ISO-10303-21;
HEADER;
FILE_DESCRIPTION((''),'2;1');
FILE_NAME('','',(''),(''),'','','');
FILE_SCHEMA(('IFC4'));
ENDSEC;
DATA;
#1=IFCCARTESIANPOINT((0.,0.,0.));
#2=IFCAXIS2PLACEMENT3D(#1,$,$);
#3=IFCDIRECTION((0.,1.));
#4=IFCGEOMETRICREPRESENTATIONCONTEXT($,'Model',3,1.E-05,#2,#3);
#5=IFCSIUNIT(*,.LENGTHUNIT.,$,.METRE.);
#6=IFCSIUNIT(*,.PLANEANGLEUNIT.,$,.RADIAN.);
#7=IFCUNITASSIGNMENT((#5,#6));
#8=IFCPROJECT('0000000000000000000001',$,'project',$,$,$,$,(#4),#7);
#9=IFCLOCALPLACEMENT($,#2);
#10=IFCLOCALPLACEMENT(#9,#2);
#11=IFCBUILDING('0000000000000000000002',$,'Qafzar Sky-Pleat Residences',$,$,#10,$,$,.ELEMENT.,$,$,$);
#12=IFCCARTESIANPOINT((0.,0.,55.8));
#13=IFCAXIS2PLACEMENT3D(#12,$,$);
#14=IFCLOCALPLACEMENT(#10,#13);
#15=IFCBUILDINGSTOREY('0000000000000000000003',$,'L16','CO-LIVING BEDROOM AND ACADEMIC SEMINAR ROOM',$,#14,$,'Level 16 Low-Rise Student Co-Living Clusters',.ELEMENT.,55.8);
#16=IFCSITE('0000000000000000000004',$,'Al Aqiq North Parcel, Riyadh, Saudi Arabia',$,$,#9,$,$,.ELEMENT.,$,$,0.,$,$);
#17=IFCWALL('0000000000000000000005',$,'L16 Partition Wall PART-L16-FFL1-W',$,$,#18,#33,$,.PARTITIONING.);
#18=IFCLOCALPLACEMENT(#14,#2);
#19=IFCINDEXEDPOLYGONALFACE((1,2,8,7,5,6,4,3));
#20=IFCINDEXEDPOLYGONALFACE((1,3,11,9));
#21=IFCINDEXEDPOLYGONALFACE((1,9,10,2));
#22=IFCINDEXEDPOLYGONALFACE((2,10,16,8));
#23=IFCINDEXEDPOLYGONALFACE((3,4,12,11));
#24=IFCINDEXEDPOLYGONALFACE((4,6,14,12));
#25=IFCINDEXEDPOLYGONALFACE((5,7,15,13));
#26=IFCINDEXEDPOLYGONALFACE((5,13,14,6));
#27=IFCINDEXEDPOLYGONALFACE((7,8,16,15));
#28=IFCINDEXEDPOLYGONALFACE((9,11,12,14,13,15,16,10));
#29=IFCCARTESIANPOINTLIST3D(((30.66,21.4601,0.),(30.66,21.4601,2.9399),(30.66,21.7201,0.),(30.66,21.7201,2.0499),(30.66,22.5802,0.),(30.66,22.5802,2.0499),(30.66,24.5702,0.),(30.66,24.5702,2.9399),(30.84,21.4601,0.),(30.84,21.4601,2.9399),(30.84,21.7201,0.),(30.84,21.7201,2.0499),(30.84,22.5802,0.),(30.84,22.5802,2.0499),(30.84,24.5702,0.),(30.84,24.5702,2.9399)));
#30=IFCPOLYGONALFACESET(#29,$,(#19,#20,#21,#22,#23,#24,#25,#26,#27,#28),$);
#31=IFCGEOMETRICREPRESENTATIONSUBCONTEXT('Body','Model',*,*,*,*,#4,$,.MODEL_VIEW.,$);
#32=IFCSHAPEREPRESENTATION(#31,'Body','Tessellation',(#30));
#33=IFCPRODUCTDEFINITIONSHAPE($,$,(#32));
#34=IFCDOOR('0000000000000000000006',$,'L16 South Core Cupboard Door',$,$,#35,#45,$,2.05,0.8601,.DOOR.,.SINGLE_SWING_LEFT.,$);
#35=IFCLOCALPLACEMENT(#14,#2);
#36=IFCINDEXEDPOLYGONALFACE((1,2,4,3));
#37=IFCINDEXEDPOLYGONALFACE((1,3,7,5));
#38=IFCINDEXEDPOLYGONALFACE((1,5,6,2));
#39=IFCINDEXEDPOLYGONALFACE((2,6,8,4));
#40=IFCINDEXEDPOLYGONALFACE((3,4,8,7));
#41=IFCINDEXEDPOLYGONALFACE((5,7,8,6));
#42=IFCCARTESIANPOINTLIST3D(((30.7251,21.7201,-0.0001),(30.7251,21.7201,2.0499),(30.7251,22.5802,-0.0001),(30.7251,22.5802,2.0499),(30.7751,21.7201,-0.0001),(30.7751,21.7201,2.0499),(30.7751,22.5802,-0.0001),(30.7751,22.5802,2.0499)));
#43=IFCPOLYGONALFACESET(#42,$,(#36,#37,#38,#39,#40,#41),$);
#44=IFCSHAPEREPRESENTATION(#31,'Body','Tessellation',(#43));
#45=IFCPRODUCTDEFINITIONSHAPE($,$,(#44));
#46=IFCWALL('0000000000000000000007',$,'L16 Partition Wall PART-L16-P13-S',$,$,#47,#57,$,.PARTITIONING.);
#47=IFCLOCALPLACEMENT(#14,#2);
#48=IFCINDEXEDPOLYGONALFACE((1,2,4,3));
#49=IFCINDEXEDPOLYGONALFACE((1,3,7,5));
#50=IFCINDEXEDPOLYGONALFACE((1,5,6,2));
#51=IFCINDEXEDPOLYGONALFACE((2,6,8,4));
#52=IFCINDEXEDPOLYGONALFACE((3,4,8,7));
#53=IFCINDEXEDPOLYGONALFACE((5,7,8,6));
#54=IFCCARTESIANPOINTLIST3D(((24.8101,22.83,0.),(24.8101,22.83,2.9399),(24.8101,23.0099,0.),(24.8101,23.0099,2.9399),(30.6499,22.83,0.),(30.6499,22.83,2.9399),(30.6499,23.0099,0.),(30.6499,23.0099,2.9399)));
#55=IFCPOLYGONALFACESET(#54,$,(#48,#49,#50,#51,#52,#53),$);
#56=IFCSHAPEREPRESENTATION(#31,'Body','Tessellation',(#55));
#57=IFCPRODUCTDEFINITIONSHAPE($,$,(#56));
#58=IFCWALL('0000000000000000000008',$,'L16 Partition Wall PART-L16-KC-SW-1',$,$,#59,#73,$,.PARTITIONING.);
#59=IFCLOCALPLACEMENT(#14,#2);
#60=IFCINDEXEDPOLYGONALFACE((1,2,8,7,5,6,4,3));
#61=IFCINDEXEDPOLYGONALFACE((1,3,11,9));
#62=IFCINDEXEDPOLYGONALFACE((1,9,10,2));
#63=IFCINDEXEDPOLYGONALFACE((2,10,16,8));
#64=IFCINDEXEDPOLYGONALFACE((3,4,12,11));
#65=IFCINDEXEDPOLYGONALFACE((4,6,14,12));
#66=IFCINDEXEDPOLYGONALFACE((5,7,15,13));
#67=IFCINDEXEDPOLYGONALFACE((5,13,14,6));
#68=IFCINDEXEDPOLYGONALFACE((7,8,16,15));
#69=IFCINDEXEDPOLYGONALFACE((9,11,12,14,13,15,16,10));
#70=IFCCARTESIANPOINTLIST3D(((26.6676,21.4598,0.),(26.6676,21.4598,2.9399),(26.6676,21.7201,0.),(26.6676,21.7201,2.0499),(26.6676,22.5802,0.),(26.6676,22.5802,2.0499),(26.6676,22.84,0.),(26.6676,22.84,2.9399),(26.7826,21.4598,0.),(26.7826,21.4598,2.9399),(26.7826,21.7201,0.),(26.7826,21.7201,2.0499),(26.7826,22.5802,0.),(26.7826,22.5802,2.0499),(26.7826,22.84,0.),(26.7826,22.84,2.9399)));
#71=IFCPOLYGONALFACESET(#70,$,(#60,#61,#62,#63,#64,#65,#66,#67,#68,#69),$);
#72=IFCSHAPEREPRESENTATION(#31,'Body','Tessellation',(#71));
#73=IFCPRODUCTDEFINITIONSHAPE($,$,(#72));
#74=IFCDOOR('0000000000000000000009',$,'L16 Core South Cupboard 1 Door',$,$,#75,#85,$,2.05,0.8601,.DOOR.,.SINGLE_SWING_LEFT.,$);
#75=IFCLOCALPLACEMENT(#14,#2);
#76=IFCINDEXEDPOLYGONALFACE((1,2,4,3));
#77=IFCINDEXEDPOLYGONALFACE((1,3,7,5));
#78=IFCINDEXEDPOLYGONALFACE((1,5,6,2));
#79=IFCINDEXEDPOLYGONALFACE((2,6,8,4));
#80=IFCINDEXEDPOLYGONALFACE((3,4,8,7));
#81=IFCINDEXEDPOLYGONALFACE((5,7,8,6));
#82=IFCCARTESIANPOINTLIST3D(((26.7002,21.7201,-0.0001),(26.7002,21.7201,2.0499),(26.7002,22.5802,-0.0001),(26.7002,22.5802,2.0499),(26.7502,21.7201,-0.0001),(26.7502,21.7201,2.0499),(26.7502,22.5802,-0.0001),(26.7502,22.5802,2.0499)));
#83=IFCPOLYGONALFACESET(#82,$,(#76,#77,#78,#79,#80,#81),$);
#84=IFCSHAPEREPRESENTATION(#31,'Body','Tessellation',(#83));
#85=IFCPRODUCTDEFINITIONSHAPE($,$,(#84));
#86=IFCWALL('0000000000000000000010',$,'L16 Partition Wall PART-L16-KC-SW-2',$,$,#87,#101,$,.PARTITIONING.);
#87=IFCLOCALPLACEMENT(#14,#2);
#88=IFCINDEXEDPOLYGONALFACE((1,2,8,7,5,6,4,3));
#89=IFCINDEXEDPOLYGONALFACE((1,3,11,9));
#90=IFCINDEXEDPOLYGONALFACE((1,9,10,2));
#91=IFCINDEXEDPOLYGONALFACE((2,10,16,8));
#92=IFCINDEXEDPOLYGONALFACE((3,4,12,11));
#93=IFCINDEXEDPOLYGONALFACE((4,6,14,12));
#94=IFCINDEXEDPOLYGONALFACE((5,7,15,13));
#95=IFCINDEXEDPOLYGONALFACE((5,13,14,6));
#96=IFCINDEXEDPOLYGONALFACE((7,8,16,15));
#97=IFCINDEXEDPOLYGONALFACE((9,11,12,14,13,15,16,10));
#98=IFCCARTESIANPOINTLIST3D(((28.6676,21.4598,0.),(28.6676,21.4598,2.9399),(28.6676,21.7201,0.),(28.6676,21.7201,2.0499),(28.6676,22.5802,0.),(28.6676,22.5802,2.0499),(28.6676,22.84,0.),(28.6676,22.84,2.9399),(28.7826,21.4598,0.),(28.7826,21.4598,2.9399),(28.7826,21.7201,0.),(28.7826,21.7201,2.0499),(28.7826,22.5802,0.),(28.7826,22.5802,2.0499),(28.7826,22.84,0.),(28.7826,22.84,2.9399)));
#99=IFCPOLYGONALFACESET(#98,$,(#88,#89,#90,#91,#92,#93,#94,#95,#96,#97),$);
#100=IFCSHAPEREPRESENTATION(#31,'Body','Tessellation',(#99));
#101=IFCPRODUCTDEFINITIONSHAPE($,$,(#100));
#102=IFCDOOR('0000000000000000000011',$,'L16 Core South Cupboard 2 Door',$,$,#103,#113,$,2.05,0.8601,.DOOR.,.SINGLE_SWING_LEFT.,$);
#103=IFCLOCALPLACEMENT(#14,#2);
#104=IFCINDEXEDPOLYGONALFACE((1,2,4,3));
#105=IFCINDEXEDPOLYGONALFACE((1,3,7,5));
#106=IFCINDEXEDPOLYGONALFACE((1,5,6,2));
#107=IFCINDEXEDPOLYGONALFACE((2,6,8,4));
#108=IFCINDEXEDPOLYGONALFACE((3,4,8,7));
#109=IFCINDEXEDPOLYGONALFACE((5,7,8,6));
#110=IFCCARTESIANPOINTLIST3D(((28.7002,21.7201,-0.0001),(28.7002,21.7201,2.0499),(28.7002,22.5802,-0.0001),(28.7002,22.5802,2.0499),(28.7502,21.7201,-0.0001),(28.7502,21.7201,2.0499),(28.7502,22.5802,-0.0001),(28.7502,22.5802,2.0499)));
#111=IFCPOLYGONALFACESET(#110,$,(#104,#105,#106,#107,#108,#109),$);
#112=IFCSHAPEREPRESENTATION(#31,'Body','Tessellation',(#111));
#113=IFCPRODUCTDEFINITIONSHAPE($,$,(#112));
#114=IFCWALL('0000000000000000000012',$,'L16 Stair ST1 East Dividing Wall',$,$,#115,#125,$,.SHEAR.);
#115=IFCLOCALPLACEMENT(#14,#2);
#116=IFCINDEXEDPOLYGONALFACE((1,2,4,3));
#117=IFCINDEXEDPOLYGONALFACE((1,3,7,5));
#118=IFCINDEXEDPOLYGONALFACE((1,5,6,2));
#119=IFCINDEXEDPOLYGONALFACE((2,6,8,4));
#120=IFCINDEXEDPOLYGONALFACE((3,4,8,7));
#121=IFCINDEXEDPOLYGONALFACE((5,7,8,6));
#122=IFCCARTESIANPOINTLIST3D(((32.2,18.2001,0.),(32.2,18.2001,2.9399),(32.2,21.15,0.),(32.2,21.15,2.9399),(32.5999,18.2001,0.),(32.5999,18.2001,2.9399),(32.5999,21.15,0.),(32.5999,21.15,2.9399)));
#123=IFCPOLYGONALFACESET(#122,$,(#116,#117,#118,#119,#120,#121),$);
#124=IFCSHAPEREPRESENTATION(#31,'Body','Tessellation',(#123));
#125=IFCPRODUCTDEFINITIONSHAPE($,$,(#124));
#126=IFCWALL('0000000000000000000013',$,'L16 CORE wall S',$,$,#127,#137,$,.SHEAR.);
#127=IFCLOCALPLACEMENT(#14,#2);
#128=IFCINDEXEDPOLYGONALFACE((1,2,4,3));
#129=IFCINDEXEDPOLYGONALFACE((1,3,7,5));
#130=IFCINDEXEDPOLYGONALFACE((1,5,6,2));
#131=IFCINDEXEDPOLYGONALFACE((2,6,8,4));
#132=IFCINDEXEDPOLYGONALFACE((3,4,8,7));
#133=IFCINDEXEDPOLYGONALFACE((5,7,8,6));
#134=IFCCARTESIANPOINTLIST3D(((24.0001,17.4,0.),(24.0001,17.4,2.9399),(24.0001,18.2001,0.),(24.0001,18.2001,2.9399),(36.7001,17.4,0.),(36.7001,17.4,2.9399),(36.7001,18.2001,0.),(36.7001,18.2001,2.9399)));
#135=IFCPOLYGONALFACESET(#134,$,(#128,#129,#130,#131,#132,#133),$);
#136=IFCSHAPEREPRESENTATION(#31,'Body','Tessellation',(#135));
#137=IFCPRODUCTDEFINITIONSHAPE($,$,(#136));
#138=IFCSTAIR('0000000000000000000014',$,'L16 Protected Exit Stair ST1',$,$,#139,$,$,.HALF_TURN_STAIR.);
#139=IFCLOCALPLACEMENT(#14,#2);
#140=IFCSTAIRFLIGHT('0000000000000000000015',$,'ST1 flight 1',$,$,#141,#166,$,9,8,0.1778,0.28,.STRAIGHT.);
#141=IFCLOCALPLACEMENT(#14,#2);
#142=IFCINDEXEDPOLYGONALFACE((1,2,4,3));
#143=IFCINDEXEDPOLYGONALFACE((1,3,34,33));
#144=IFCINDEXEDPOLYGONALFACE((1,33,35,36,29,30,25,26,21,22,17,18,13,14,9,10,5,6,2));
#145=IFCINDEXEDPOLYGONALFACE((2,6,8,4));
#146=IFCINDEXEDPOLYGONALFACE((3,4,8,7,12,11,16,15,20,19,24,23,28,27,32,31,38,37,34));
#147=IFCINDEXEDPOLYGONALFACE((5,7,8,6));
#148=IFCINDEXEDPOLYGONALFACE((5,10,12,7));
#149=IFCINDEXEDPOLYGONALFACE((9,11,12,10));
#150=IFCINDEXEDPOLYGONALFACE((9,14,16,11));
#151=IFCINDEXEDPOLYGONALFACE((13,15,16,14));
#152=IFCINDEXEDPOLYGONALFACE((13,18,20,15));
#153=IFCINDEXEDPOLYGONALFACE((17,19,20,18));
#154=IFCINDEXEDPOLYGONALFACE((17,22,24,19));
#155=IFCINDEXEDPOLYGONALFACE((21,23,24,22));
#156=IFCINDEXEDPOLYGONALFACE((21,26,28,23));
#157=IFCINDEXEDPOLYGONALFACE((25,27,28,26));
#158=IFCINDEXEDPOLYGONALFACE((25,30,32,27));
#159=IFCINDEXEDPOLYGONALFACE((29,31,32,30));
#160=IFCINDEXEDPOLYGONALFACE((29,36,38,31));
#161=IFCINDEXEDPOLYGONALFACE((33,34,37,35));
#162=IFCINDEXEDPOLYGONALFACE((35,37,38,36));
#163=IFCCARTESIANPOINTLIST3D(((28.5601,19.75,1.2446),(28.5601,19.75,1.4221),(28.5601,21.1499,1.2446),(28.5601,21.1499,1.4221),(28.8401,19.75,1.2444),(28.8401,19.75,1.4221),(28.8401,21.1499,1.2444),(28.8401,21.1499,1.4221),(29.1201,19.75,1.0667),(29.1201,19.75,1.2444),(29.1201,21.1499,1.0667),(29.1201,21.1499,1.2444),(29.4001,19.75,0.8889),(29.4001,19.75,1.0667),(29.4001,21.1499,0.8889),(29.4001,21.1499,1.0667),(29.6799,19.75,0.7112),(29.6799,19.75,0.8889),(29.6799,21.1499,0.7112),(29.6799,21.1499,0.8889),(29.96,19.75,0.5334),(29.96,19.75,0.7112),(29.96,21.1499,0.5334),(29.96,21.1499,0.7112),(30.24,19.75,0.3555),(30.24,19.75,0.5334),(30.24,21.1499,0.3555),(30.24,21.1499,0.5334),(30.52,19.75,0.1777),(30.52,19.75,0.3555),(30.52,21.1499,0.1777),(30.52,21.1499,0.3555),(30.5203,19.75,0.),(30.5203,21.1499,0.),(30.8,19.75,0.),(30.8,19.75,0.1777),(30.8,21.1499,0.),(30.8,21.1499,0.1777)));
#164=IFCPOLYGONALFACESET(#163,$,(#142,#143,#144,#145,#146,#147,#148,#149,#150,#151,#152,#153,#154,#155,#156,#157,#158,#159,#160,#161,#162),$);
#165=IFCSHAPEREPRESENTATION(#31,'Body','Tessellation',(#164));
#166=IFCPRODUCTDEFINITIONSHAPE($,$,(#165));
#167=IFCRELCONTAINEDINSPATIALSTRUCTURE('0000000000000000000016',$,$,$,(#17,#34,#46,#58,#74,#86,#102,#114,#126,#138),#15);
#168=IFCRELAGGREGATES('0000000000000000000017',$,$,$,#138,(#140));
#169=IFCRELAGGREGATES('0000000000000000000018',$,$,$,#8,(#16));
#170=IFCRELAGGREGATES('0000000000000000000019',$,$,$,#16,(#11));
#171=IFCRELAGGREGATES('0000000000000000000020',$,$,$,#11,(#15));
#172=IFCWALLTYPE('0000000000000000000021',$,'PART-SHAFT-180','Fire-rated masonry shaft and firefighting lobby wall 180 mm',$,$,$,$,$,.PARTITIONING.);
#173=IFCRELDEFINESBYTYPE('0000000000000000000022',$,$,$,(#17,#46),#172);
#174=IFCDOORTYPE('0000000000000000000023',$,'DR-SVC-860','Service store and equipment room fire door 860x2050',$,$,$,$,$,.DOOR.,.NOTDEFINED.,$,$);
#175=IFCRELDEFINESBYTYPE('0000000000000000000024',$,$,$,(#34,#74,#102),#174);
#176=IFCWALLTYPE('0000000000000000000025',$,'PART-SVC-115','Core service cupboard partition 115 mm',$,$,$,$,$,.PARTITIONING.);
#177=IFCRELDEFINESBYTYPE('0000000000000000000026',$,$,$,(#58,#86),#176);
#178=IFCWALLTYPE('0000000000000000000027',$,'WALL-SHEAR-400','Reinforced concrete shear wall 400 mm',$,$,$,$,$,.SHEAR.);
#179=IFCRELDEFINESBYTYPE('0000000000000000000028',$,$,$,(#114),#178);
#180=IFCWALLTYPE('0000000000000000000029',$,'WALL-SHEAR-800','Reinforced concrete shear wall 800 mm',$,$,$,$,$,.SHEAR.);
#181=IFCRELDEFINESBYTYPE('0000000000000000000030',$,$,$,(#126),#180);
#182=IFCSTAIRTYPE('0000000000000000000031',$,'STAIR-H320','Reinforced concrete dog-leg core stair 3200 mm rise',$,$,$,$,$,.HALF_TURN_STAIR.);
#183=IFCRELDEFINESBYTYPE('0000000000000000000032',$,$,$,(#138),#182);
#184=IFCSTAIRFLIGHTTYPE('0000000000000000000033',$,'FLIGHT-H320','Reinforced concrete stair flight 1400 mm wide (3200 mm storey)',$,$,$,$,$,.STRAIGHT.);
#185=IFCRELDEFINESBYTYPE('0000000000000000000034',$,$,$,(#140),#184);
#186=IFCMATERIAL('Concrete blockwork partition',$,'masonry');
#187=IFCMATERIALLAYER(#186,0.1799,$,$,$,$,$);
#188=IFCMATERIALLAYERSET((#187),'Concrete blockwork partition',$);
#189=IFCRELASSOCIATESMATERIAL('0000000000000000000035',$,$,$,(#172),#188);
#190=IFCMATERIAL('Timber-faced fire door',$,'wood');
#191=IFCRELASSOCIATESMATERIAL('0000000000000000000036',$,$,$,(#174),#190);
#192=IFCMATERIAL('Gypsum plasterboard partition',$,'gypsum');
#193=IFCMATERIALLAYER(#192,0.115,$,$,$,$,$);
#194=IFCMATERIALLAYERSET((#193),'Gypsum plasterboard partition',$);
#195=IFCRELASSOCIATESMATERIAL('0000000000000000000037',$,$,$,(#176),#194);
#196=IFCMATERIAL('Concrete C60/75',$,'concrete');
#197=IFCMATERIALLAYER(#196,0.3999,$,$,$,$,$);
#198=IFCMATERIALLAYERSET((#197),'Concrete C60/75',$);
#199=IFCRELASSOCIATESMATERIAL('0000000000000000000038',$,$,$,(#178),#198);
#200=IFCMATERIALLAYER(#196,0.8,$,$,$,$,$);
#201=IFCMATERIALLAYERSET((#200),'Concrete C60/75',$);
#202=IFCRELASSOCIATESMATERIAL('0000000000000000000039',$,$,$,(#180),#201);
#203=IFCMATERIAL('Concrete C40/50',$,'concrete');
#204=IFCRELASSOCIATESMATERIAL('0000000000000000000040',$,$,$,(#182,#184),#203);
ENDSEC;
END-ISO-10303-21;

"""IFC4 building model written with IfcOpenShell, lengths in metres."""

from ifc_helpers import new_model, si_unit, direction, frame, frame_2d, origin, place, context, subcontext, project, spatial, polyline, rectangle, outline, extrude, source, transform, mapped, material, layer, layer_set, type_object, element, fill, aggregate, save


model = new_model("IFC4")

# Units and contexts
model_context = context("Model", 3, precision=1e-05, world=origin(), true_north=direction((0.0, 1.0)))
body_context = subcontext(model_context, "Body", "Model", "MODEL_VIEW")
ifc_project = project(units=[si_unit("LENGTHUNIT", "METRE"), si_unit("PLANEANGLEUNIT", "RADIAN")], contexts=[model_context])

# Site, building, storey
site_placement = place(None, origin())
site = spatial("IfcSite", under=ifc_project, at=site_placement, Name="Al Aqiq North Parcel, Riyadh, Saudi Arabia", CompositionType="ELEMENT", RefElevation=0.0)
building_placement = place(site_placement, origin())
building = spatial("IfcBuilding", under=site, at=building_placement, Name="Qafzar Sky-Pleat Residences", CompositionType="ELEMENT")
storey_placement = place(building_placement, frame((0.0, 0.0, 55.8)))
storey = spatial("IfcBuildingStorey", under=building, at=storey_placement, Name="L16", Description="CO-LIVING BEDROOM AND ACADEMIC SEMINAR ROOM", LongName="Level 16 Low-Rise Student Co-Living Clusters", CompositionType="ELEMENT", Elevation=55.8)

# Shared definitions
ifc_material_1 = material(Name="Timber-faced fire door", Category="wood")

# Wall, opening, door
ifc_material_2 = material(Name="Concrete blockwork partition", Category="masonry")
ifc_layer_1 = layer(ifc_material_2, 0.1799)
ifc_layer_set_1 = layer_set([ifc_layer_1], Name="Concrete blockwork partition")
wall_type_1 = type_object("IfcWallType", Name="PART-SHAFT-180", Description="Fire-rated masonry shaft and firefighting lobby wall 180 mm", PredefinedType="PARTITIONING", material=ifc_layer_set_1)
wall_1_placement = place(storey_placement, frame((30.75, 21.46, 0.0), z_axis=(0.0, 0.0, 1.0), x_axis=(0.0, 1.0, 0.0)))
wall_1 = element("IfcWall", 1, at=wall_1_placement, inside=storey, type_object=wall_type_1, Name="L16 Partition Wall PART-L16-FFL1-W", PredefinedType="PARTITIONING", context=body_context, shape_type="SweptSolid", body=[
    extrude(rectangle(XDim=3.1101, YDim=0.1799, at=frame_2d((1.5552, 0.0))), origin(), (0.0, 0.0, 1.0), 2.9399),
])
opening_1_placement = place(wall_1_placement, frame((0.26, 0.0, 0.0)))
opening_1 = element("IfcOpeningElement", 2, at=opening_1_placement, cuts=wall_1, PredefinedType="OPENING", context=body_context, shape_type="SweptSolid", body=[
    extrude(rectangle(XDim=0.8601, YDim=2.05, at=frame_2d((0.4302, 1.0249))), frame((0.0, 0.1001, 0.0), z_axis=(0.0, -1.0, 0.0), x_axis=(1.0, 0.0, 0.0)), (0.0, 0.0, 1.0), 0.2),
])
door_type_1 = type_object("IfcDoorType", Name="DR-SVC-860", Description="Service store and equipment room fire door 860x2050", OperationType="NOTDEFINED", PredefinedType="DOOR", material=ifc_material_1)
shared_shape_1 = source(origin(), body_context, "Body", "SweptSolid", [
    extrude(rectangle(XDim=0.8601, YDim=2.05, at=frame_2d((0.4302, 1.0249))), frame((0.0, 0.0249, 0.0), z_axis=(0.0, -1.0, 0.0), x_axis=(1.0, 0.0, 0.0)), (0.0, 0.0, 1.0), 0.05),
])
door_1_placement = place(opening_1_placement, origin())
door_1 = element("IfcDoor", 3, at=door_1_placement, inside=storey, type_object=door_type_1, Name="L16 South Core Cupboard Door", OperationType="SINGLE_SWING_LEFT", OverallHeight=2.05, OverallWidth=0.8601, PredefinedType="DOOR", context=body_context, shape_type="MappedRepresentation", body=[
    mapped(shared_shape_1, transform((0.0, 0.0, 0.0), x_axis=(1.0, 0.0, 0.0), y_axis=(0.0, 1.0, 0.0), z_axis=(0.0, 0.0, 1.0), scale=1.0)),
])
fill(opening_1, door_1)

# Wall
wall_2_placement = place(storey_placement, frame((24.8101, 22.9199, 0.0), z_axis=(0.0, 0.0, 1.0), x_axis=(1.0, 0.0, 0.0)))
element("IfcWall", 4, at=wall_2_placement, inside=storey, type_object=wall_type_1, Name="L16 Partition Wall PART-L16-P13-S", PredefinedType="PARTITIONING", context=body_context, shape_type="SweptSolid", body=[
    extrude(rectangle(XDim=5.8398, YDim=0.1799, at=frame_2d((2.9199, 0.0))), origin(), (0.0, 0.0, 1.0), 2.9399),
])

# Walls, openings, doors
ifc_material_3 = material(Name="Gypsum plasterboard partition", Category="gypsum")
ifc_layer_2 = layer(ifc_material_3, 0.115)
ifc_layer_set_2 = layer_set([ifc_layer_2], Name="Gypsum plasterboard partition")
wall_type_2 = type_object("IfcWallType", Name="PART-SVC-115", Description="Core service cupboard partition 115 mm", PredefinedType="PARTITIONING", material=ifc_layer_set_2)
wall_3_placement = place(storey_placement, frame((26.7251, 21.46, 0.0), z_axis=(0.0, 0.0, 1.0), x_axis=(0.0, 1.0, 0.0)))
wall_3 = element("IfcWall", 5, at=wall_3_placement, inside=storey, type_object=wall_type_2, Name="L16 Partition Wall PART-L16-KC-SW-1", PredefinedType="PARTITIONING", context=body_context, shape_type="SweptSolid", body=[
    extrude(rectangle(XDim=1.3801, YDim=0.115, at=frame_2d((0.6899, 0.0))), origin(), (0.0, 0.0, 1.0), 2.9399),
])
opening_2_placement = place(wall_3_placement, frame((0.26, 0.0, 0.0)))
opening_2 = element("IfcOpeningElement", 6, at=opening_2_placement, cuts=wall_3, PredefinedType="OPENING", context=body_context, shape_type="SweptSolid", body=[
    extrude(rectangle(XDim=0.8601, YDim=2.05, at=frame_2d((0.4302, 1.0249))), frame((0.0, 0.0674, 0.0), z_axis=(0.0, -1.0, 0.0), x_axis=(1.0, 0.0, 0.0)), (0.0, 0.0, 1.0), 0.135),
])
door_2_placement = place(opening_2_placement, origin())
door_2 = element("IfcDoor", 7, at=door_2_placement, inside=storey, type_object=door_type_1, Name="L16 Core South Cupboard 1 Door", OperationType="SINGLE_SWING_LEFT", OverallHeight=2.05, OverallWidth=0.8601, PredefinedType="DOOR", context=body_context, shape_type="MappedRepresentation", body=[
    mapped(shared_shape_1, transform((0.0, 0.0, 0.0), x_axis=(1.0, 0.0, 0.0), y_axis=(0.0, 1.0, 0.0), z_axis=(0.0, 0.0, 1.0), scale=1.0)),
])
fill(opening_2, door_2)
wall_4_placement = place(storey_placement, frame((28.7251, 21.46, 0.0), z_axis=(0.0, 0.0, 1.0), x_axis=(0.0, 1.0, 0.0)))
wall_4 = element("IfcWall", 8, at=wall_4_placement, inside=storey, type_object=wall_type_2, Name="L16 Partition Wall PART-L16-KC-SW-2", PredefinedType="PARTITIONING", context=body_context, shape_type="SweptSolid", body=[
    extrude(rectangle(XDim=1.3801, YDim=0.115, at=frame_2d((0.6899, 0.0))), origin(), (0.0, 0.0, 1.0), 2.9399),
])
opening_3_placement = place(wall_4_placement, frame((0.26, 0.0, 0.0)))
opening_3 = element("IfcOpeningElement", 9, at=opening_3_placement, cuts=wall_4, PredefinedType="OPENING", context=body_context, shape_type="SweptSolid", body=[
    extrude(rectangle(XDim=0.8601, YDim=2.05, at=frame_2d((0.4302, 1.0249))), frame((0.0, 0.0674, 0.0), z_axis=(0.0, -1.0, 0.0), x_axis=(1.0, 0.0, 0.0)), (0.0, 0.0, 1.0), 0.135),
])
door_3_placement = place(opening_3_placement, origin())
door_3 = element("IfcDoor", 10, at=door_3_placement, inside=storey, type_object=door_type_1, Name="L16 Core South Cupboard 2 Door", OperationType="SINGLE_SWING_LEFT", OverallHeight=2.05, OverallWidth=0.8601, PredefinedType="DOOR", context=body_context, shape_type="MappedRepresentation", body=[
    mapped(shared_shape_1, transform((0.0, 0.0, 0.0), x_axis=(1.0, 0.0, 0.0), y_axis=(0.0, 1.0, 0.0), z_axis=(0.0, 0.0, 1.0), scale=1.0)),
])
fill(opening_3, door_3)

# Shared definitions
ifc_material_4 = material(Name="Concrete C60/75", Category="concrete")

# Walls
ifc_layer_3 = layer(ifc_material_4, 0.3999)
ifc_layer_set_3 = layer_set([ifc_layer_3], Name="Concrete C60/75")
wall_type_3 = type_object("IfcWallType", Name="WALL-SHEAR-400", Description="Reinforced concrete shear wall 400 mm", PredefinedType="SHEAR", material=ifc_layer_set_3)
wall_5_placement = place(storey_placement, frame((32.3999, 18.2, 0.0), z_axis=(0.0, 0.0, 1.0), x_axis=(0.0, 1.0, 0.0)))
element("IfcWall", 11, at=wall_5_placement, inside=storey, type_object=wall_type_3, Name="L16 Stair ST1 East Dividing Wall", PredefinedType="SHEAR", context=body_context, shape_type="SweptSolid", body=[
    extrude(rectangle(XDim=2.95, YDim=0.3999, at=frame_2d((1.4751, 0.0))), origin(), (0.0, 0.0, 1.0), 2.9399),
])
ifc_layer_4 = layer(ifc_material_4, 0.8)
ifc_layer_set_4 = layer_set([ifc_layer_4], Name="Concrete C60/75")
wall_type_4 = type_object("IfcWallType", Name="WALL-SHEAR-800", Description="Reinforced concrete shear wall 800 mm", PredefinedType="SHEAR", material=ifc_layer_set_4)
wall_6_placement = place(storey_placement, frame((24.0, 17.8, 0.0), z_axis=(0.0, 0.0, 1.0), x_axis=(1.0, 0.0, 0.0)))
element("IfcWall", 12, at=wall_6_placement, inside=storey, type_object=wall_type_4, Name="L16 CORE wall S", PredefinedType="SHEAR", context=body_context, shape_type="SweptSolid", body=[
    extrude(rectangle(XDim=12.7, YDim=0.8, at=frame_2d((6.3501, 0.0))), origin(), (0.0, 0.0, 1.0), 2.9399),
])

# Stair, stair flight
ifc_material_5 = material(Name="Concrete C40/50", Category="concrete")
stair_type = type_object("IfcStairType", Name="STAIR-H320", Description="Reinforced concrete dog-leg core stair 3200 mm rise", PredefinedType="HALF_TURN_STAIR", material=ifc_material_5)
stair_placement = place(storey_placement, origin())
stair = element("IfcStair", 13, at=stair_placement, inside=storey, type_object=stair_type, Name="L16 Protected Exit Stair ST1", PredefinedType="HALF_TURN_STAIR")
stair_flight_type = type_object("IfcStairFlightType", Name="FLIGHT-H320", Description="Reinforced concrete stair flight 1400 mm wide (3200 mm storey)", PredefinedType="STRAIGHT", material=ifc_material_5)
shared_shape_2 = source(origin(), body_context, "Body", "SweptSolid", [
    extrude(outline(polyline([(0.0, 0.0), (0.0, 0.1777), (0.28, 0.1777), (0.28, 0.3555), (0.5601, 0.3555), (0.5601, 0.5334), (0.8401, 0.5334), (0.8401, 0.7112), (1.1201, 0.7112), (1.1201, 0.8889), (1.3999, 0.8889), (1.3999, 1.0667), (1.6799, 1.0667), (1.6799, 1.2444), (1.96, 1.2444), (1.96, 1.4221), (2.24, 1.4221), (2.24, 1.6001), (2.24, 1.2446), (0.2798, 0.0), (0.0, 0.0)])), frame((0.0, 0.7, 0.0), z_axis=(0.0, -1.0, 0.0), x_axis=(1.0, 0.0, 0.0)), (0.0, 0.0, 1.0), 1.3999),
])
stair_flight_1_placement = place(storey_placement, frame((30.8, 20.45, 0.0), z_axis=(0.0, 0.0, 1.0), x_axis=(-1.0, 0.0, 0.0)))
stair_flight_1 = element("IfcStairFlight", 14, at=stair_flight_1_placement, type_object=stair_flight_type, Name="ST1 flight 1", NumberOfRisers=9, NumberOfTreads=8, PredefinedType="STRAIGHT", RiserHeight=0.1778, TreadLength=0.28, context=body_context, shape_type="MappedRepresentation", body=[
    mapped(shared_shape_2, transform((0.0, 0.0, 0.0), x_axis=(1.0, 0.0, 0.0), y_axis=(0.0, 1.0, 0.0), z_axis=(0.0, 0.0, 1.0), scale=1.0)),
])
aggregate(stair, [stair_flight_1])

save(model, "model.ifc")
